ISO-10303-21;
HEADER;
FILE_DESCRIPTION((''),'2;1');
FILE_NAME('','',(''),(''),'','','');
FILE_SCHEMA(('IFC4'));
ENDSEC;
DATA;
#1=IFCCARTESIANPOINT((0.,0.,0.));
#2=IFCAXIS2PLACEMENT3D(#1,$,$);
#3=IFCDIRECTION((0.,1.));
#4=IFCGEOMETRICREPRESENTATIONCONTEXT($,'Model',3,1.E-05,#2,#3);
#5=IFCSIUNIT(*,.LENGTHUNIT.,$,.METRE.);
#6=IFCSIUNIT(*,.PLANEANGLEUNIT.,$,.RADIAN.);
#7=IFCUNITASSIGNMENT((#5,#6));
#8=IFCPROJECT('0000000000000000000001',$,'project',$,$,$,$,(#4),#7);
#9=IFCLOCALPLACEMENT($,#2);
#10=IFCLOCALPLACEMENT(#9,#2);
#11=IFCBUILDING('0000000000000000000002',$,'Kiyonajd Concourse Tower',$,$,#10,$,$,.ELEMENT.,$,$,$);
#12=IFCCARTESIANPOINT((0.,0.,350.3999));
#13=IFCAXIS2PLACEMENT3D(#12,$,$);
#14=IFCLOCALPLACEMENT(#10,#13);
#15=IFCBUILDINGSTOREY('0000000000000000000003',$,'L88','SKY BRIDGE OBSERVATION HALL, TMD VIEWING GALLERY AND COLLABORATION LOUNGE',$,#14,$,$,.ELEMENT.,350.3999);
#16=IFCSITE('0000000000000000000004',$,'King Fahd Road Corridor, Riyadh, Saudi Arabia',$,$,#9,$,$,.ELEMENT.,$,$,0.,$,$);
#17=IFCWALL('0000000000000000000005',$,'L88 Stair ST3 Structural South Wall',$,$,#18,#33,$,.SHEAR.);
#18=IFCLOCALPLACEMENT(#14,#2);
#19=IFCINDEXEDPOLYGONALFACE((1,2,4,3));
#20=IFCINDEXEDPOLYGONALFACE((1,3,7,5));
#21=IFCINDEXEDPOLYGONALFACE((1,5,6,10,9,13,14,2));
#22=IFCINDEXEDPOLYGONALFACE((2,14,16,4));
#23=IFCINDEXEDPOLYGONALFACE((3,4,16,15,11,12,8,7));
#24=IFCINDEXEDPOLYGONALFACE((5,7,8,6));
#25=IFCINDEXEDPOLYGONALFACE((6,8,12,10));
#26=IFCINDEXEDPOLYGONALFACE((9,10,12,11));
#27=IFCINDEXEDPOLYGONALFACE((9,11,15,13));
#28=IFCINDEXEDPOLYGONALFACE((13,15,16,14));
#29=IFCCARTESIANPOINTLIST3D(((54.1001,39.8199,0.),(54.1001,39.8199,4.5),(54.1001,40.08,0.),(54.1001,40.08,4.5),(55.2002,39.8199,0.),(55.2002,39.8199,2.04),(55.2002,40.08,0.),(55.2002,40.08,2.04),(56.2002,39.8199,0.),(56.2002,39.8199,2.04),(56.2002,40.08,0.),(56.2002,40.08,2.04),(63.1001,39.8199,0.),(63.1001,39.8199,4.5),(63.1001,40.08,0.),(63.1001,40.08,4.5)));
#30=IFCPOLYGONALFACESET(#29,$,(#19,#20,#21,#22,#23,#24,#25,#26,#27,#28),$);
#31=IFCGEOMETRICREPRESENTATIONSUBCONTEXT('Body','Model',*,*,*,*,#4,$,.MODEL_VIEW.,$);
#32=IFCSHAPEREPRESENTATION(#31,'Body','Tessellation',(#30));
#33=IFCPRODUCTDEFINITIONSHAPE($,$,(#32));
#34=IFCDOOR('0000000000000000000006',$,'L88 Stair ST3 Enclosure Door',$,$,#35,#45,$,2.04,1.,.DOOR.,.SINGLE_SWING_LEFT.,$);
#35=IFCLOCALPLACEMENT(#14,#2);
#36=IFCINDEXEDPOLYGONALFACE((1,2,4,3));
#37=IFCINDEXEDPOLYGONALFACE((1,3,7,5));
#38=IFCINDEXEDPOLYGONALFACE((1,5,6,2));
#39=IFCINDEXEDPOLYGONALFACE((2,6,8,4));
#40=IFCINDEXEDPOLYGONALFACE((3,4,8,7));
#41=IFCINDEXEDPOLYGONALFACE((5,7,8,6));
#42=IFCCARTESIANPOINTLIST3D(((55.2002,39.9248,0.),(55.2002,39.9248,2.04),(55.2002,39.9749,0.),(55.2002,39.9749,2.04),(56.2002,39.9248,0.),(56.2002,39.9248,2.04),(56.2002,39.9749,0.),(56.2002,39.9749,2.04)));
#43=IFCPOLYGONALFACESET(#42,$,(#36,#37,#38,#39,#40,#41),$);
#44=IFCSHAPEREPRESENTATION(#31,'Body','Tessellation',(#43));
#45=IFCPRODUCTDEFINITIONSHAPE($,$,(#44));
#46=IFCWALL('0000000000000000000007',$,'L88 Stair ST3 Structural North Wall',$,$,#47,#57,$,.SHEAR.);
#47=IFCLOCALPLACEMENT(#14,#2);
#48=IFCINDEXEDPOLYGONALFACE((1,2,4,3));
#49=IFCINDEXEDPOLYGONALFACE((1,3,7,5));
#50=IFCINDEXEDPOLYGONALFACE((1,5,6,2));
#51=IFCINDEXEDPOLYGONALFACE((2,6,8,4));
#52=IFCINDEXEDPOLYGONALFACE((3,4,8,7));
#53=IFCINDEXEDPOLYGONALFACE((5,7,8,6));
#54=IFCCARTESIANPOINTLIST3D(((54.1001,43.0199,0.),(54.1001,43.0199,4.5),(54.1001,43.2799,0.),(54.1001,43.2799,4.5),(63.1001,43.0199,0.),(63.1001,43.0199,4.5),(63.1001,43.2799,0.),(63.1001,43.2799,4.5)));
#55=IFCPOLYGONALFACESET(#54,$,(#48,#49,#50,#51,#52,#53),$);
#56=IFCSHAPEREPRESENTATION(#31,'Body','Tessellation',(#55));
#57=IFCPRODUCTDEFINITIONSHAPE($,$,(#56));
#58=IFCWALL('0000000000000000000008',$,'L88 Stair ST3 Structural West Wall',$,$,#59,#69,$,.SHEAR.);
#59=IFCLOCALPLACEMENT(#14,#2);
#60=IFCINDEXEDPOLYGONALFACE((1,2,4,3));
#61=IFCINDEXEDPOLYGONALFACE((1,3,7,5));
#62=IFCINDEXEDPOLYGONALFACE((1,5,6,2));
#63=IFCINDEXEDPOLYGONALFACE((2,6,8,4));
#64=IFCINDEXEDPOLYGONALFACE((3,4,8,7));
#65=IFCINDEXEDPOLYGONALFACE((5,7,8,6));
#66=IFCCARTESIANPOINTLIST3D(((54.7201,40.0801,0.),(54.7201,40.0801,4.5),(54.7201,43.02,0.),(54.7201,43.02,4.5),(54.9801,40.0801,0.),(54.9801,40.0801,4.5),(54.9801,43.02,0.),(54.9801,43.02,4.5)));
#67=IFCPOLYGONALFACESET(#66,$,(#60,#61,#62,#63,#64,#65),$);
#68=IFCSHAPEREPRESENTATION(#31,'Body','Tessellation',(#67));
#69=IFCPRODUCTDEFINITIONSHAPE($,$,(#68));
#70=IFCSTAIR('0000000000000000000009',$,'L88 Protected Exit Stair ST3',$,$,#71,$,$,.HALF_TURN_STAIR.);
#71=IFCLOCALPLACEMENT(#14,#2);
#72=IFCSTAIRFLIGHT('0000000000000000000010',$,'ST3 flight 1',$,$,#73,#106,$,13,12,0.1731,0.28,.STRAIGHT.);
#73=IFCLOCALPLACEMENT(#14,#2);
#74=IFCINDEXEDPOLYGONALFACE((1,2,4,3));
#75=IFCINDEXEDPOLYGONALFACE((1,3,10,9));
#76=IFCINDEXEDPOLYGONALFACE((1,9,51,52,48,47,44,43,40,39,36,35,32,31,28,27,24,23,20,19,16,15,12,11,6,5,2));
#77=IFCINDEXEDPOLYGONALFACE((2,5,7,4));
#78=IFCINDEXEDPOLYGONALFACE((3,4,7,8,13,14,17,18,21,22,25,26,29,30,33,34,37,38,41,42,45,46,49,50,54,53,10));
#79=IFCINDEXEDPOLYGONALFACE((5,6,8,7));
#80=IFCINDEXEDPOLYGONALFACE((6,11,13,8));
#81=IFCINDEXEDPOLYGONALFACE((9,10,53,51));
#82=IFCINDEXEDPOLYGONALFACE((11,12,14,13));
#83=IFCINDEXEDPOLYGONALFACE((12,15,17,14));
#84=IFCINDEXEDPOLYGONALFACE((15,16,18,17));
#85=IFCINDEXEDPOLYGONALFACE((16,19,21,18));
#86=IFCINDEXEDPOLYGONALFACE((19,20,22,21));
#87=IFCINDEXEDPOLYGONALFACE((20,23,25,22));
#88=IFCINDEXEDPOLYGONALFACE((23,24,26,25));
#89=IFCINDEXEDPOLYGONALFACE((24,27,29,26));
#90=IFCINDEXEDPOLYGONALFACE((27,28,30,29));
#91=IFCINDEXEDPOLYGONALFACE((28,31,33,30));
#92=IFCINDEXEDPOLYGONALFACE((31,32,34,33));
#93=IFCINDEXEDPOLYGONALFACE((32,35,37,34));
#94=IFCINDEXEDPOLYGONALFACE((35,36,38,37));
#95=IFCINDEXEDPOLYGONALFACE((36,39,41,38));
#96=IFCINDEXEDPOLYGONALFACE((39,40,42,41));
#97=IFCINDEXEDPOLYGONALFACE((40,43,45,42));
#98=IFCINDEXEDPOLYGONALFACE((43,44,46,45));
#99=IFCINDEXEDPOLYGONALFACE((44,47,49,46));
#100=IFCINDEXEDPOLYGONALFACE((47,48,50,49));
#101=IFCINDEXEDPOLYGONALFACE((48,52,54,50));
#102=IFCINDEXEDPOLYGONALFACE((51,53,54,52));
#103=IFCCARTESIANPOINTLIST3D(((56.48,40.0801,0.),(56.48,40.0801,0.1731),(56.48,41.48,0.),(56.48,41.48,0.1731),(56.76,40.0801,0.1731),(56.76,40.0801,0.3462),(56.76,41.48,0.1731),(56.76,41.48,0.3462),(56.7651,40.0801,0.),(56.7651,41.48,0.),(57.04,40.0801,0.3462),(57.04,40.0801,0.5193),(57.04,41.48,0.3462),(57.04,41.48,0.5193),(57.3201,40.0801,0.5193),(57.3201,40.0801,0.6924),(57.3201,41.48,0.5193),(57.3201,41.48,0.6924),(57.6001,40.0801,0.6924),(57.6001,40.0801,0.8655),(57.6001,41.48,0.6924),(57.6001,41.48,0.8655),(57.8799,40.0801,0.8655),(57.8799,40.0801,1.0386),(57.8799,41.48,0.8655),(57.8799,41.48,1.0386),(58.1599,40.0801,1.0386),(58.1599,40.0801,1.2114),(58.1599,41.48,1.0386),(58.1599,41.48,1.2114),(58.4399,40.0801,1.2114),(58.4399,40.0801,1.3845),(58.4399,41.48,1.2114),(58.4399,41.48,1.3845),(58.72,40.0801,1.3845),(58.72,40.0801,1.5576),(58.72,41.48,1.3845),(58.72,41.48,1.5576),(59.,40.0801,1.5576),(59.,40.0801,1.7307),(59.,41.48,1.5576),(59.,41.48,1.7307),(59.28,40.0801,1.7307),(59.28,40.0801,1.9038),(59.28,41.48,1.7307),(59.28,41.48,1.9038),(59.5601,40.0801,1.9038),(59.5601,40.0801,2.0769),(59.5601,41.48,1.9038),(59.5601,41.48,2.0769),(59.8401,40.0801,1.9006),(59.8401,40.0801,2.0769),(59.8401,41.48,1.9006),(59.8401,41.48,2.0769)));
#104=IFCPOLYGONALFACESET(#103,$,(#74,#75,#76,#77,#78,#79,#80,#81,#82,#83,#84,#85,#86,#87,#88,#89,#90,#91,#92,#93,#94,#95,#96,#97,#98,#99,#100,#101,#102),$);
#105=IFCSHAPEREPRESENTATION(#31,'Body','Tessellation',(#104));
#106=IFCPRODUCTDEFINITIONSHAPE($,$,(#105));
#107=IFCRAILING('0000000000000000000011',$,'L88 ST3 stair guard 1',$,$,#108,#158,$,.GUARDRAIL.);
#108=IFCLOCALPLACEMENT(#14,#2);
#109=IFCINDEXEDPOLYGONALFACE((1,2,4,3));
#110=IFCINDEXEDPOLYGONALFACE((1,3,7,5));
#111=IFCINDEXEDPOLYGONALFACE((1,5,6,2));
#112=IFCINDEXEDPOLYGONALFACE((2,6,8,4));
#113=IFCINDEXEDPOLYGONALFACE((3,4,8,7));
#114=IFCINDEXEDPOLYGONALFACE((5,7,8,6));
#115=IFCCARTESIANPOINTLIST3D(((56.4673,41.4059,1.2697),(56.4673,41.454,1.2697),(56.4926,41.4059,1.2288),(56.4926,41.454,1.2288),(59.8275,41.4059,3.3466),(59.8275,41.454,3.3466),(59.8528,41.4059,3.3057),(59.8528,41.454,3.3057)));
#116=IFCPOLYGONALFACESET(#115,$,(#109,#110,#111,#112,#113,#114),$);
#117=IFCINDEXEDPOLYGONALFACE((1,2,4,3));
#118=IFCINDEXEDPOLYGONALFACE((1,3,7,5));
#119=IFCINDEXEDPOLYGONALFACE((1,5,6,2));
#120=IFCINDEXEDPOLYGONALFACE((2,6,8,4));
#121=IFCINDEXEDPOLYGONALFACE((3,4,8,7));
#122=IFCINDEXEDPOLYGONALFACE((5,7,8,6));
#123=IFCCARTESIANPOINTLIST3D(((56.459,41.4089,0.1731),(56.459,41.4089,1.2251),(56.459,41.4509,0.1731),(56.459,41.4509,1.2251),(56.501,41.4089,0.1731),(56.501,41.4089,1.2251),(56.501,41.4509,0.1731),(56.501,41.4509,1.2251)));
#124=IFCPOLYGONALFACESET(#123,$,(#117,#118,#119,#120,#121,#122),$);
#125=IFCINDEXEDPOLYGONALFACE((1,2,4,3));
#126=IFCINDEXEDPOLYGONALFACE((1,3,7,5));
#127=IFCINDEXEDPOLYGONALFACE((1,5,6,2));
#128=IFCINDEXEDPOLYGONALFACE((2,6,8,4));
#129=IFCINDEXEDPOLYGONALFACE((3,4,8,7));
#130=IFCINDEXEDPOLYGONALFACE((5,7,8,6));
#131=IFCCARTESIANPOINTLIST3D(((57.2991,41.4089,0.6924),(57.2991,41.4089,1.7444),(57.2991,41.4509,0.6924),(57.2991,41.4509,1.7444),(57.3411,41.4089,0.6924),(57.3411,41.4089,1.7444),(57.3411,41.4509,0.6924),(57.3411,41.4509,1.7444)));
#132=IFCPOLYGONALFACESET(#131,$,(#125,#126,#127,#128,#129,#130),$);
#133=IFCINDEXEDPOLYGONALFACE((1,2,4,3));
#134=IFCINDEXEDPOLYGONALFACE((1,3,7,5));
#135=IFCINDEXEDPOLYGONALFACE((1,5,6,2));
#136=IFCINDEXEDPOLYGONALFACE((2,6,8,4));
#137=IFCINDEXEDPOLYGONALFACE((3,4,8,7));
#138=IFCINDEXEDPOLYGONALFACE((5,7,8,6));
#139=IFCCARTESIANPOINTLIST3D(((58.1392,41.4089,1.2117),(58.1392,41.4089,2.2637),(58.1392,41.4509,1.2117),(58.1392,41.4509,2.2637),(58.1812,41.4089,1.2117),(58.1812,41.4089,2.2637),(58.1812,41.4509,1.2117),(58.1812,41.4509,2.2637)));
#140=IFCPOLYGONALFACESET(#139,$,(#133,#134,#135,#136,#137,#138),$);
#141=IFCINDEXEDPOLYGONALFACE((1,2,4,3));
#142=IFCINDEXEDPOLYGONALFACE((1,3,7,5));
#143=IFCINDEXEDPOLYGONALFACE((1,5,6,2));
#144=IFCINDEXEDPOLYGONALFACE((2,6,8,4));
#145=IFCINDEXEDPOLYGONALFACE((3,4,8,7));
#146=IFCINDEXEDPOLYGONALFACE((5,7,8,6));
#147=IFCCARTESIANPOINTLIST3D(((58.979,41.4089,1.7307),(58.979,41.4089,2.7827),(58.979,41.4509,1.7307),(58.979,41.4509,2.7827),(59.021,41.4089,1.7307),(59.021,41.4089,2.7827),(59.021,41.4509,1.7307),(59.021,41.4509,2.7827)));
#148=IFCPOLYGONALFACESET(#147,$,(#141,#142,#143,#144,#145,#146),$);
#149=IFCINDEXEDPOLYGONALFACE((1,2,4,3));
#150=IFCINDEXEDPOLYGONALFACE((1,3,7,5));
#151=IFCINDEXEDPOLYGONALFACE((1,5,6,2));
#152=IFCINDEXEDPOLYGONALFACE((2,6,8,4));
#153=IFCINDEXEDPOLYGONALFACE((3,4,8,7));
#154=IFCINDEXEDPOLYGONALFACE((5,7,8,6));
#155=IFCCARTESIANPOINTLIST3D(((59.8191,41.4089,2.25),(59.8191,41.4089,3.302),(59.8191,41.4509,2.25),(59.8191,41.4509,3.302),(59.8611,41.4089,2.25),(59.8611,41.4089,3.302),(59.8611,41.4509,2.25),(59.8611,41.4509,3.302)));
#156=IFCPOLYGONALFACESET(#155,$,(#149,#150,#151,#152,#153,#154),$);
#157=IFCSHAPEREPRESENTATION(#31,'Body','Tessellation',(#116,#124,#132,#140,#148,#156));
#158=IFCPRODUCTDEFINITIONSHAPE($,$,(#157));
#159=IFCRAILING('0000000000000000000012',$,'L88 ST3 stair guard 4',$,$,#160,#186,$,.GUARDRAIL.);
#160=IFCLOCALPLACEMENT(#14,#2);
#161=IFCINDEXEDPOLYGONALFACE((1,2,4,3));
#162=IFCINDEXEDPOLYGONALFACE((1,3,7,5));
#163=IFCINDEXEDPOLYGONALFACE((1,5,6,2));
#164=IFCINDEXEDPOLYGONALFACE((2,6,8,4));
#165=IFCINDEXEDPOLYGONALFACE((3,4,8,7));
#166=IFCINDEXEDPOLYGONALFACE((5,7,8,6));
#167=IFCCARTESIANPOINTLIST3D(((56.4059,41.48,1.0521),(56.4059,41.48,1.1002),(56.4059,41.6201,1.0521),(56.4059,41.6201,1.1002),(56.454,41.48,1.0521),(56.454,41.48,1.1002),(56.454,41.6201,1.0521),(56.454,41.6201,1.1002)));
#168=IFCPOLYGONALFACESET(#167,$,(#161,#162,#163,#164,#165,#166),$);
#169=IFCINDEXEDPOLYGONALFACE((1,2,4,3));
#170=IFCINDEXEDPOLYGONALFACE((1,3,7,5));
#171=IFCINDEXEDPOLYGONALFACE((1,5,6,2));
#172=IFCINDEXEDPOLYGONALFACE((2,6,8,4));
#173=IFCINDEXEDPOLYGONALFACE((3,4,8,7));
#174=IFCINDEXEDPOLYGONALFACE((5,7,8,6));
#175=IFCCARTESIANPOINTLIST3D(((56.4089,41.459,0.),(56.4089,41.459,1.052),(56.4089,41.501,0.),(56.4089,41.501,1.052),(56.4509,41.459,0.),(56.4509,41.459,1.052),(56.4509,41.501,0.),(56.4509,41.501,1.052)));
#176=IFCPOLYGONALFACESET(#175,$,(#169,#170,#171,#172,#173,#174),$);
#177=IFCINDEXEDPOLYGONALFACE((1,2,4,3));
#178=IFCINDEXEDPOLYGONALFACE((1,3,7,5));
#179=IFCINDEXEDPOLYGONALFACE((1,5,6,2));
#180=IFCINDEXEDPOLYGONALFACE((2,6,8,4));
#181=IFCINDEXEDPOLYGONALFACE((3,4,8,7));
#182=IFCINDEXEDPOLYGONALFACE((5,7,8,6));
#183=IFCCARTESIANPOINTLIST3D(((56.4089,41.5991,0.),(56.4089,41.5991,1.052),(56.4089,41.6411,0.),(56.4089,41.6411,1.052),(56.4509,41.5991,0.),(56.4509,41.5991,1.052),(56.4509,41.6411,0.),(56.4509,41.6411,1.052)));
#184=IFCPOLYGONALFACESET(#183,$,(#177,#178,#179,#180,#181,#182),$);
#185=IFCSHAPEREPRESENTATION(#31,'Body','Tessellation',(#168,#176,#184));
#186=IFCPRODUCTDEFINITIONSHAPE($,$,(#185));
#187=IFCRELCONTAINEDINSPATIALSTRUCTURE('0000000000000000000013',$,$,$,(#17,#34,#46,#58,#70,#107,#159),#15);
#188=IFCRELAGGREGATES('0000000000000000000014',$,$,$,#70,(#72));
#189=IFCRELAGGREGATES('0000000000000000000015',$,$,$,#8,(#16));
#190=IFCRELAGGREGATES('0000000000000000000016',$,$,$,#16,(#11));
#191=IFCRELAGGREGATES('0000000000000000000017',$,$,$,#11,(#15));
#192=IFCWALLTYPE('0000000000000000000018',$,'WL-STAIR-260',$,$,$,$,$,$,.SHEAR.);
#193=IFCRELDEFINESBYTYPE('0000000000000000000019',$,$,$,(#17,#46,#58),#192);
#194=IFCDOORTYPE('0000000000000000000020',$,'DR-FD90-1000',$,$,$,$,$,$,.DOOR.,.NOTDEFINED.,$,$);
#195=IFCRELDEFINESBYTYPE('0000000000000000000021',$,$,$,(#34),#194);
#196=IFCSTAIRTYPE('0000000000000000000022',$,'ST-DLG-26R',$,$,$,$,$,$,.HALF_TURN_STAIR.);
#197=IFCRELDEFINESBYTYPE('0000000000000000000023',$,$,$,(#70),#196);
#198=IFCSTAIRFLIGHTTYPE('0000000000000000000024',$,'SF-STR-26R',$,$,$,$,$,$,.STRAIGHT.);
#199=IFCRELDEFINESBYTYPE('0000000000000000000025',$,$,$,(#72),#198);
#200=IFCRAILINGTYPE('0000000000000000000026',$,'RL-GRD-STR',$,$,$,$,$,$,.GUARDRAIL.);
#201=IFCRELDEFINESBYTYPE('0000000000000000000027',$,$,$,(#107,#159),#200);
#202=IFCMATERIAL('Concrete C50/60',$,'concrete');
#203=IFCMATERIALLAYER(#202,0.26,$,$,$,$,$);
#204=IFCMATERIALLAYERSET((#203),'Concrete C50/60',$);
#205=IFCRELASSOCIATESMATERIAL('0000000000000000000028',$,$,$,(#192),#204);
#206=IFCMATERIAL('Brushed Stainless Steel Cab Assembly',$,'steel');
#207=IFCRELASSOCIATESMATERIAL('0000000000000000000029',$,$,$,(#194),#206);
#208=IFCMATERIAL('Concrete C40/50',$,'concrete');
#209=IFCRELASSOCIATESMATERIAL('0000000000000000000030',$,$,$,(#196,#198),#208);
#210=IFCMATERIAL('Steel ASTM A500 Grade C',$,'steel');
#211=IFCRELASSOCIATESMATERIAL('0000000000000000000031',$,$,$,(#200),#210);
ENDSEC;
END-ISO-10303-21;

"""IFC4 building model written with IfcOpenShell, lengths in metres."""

from ifc_helpers import new_model, si_unit, direction, frame, frame_2d, origin, origin_2d, place, context, subcontext, project, spatial, polyline, rectangle, outline, extrude, material, layer, layer_set, type_object, element, fill, aggregate, save


model = new_model("IFC4")

# Units and contexts
model_context = context("Model", 3, precision=1e-05, world=origin(), true_north=direction((0.0, 1.0)))
body_context = subcontext(model_context, "Body", "Model", "MODEL_VIEW")
ifc_project = project(units=[si_unit("LENGTHUNIT", "METRE"), si_unit("PLANEANGLEUNIT", "RADIAN")], contexts=[model_context])

# Site, building, storey
site_placement = place(None, origin())
site = spatial("IfcSite", under=ifc_project, at=site_placement, Name="King Fahd Road Corridor, Riyadh, Saudi Arabia", CompositionType="ELEMENT", RefElevation=0.0)
building_placement = place(site_placement, origin())
building = spatial("IfcBuilding", under=site, at=building_placement, Name="Kiyonajd Concourse Tower", CompositionType="ELEMENT")
storey_placement = place(building_placement, frame((0.0, 0.0, 350.3999)))
storey = spatial("IfcBuildingStorey", under=building, at=storey_placement, Name="L88", Description="SKY BRIDGE OBSERVATION HALL, TMD VIEWING GALLERY AND COLLABORATION LOUNGE", CompositionType="ELEMENT", Elevation=350.3999)

# Shared definitions
ifc_material_1 = material(Name="Concrete C50/60", Category="concrete")

# Shared definitions
ifc_material_2 = material(Name="Brushed Stainless Steel Cab Assembly", Category="steel")

# Wall, opening, door
ifc_layer_1 = layer(ifc_material_1, 0.26)
ifc_layer_set_1 = layer_set([ifc_layer_1], Name="Concrete C50/60")
wall_type_1 = type_object("IfcWallType", Name="WL-STAIR-260", PredefinedType="SHEAR", material=ifc_layer_set_1)
wall_1_placement = place(storey_placement, frame((54.1001, 39.95, 0.0), z_axis=(0.0, 0.0, 1.0), x_axis=(1.0, 0.0, 0.0)))
wall_1 = element("IfcWall", 1, at=wall_1_placement, inside=storey, type_object=wall_type_1, Name="L88 Stair ST3 Structural South Wall", PredefinedType="SHEAR", context=body_context, shape_type="SweptSolid", body=[
    extrude(rectangle(XDim=9.0, YDim=0.26, at=frame_2d((4.5, 0.0))), origin(), (0.0, 0.0, 1.0), 4.5),
])
opening_1_placement = place(wall_1_placement, frame((1.1001, 0.0, 0.0)))
opening_1 = element("IfcOpeningElement", 2, at=opening_1_placement, cuts=wall_1, PredefinedType="OPENING", context=body_context, shape_type="SweptSolid", body=[
    extrude(rectangle(XDim=1.0, YDim=2.04, at=frame_2d((0.5, 1.02))), frame((0.0, 0.1399, 0.0), z_axis=(0.0, -1.0, 0.0), x_axis=(1.0, 0.0, 0.0)), (0.0, 0.0, 1.0), 0.28),
])
door_type_1 = type_object("IfcDoorType", Name="DR-FD90-1000", OperationType="NOTDEFINED", PredefinedType="DOOR", material=ifc_material_2)
door_1_placement = place(opening_1_placement, origin())
door_1 = element("IfcDoor", 3, at=door_1_placement, inside=storey, type_object=door_type_1, Name="L88 Stair ST3 Enclosure Door", OperationType="SINGLE_SWING_LEFT", OverallHeight=2.04, OverallWidth=1.0, PredefinedType="DOOR", context=body_context, shape_type="SweptSolid", body=[
    extrude(rectangle(XDim=1.0, YDim=2.04, at=frame_2d((0.5, 1.02))), frame((0.0, 0.0249, 0.0), z_axis=(0.0, -1.0, 0.0), x_axis=(1.0, 0.0, 0.0)), (0.0, 0.0, 1.0), 0.05),
])
fill(opening_1, door_1)

# Walls
wall_2_placement = place(storey_placement, frame((54.1001, 43.1499, 0.0), z_axis=(0.0, 0.0, 1.0), x_axis=(1.0, 0.0, 0.0)))
element("IfcWall", 4, at=wall_2_placement, inside=storey, type_object=wall_type_1, Name="L88 Stair ST3 Structural North Wall", PredefinedType="SHEAR", context=body_context, shape_type="SweptSolid", body=[
    extrude(rectangle(XDim=9.0, YDim=0.26, at=frame_2d((4.5, 0.0))), origin(), (0.0, 0.0, 1.0), 4.5),
])
wall_3_placement = place(storey_placement, frame((54.8501, 40.0801, 0.0), z_axis=(0.0, 0.0, 1.0), x_axis=(0.0, 1.0, 0.0)))
element("IfcWall", 5, at=wall_3_placement, inside=storey, type_object=wall_type_1, Name="L88 Stair ST3 Structural West Wall", PredefinedType="SHEAR", context=body_context, shape_type="SweptSolid", body=[
    extrude(rectangle(XDim=2.9399, YDim=0.26, at=frame_2d((1.47, 0.0))), origin(), (0.0, 0.0, 1.0), 4.5),
])

# Stair, stair flight
ifc_material_3 = material(Name="Concrete C40/50", Category="concrete")
stair_type = type_object("IfcStairType", Name="ST-DLG-26R", PredefinedType="HALF_TURN_STAIR", material=ifc_material_3)
stair_placement = place(storey_placement, origin())
stair = element("IfcStair", 6, at=stair_placement, inside=storey, type_object=stair_type, Name="L88 Protected Exit Stair ST3", PredefinedType="HALF_TURN_STAIR")
stair_flight_type = type_object("IfcStairFlightType", Name="SF-STR-26R", PredefinedType="STRAIGHT", material=ifc_material_3)
stair_flight_placement = place(storey_placement, frame((56.48, 40.78, 0.0), z_axis=(0.0, 0.0, 1.0), x_axis=(1.0, 0.0, 0.0)))
stair_flight = element("IfcStairFlight", 7, at=stair_flight_placement, type_object=stair_flight_type, Name="ST3 flight 1", NumberOfRisers=13, NumberOfTreads=12, PredefinedType="STRAIGHT", RiserHeight=0.1731, TreadLength=0.28, context=body_context, shape_type="SweptSolid", body=[
    extrude(outline(polyline([(0.0, 0.0), (0.0, 0.1731), (0.28, 0.1731), (0.28, 0.3462), (0.5601, 0.3462), (0.5601, 0.5193), (0.8401, 0.5193), (0.8401, 0.6924), (1.1201, 0.6924), (1.1201, 0.8655), (1.3999, 0.8655), (1.3999, 1.0386), (1.6799, 1.0386), (1.6799, 1.2114), (1.96, 1.2114), (1.96, 1.3845), (2.24, 1.3845), (2.24, 1.5576), (2.52, 1.5576), (2.52, 1.7307), (2.8, 1.7307), (2.8, 1.9038), (3.0801, 1.9038), (3.0801, 2.0769), (3.3601, 2.0769), (3.3601, 2.25), (3.3601, 1.9006), (0.2852, 0.0), (0.0, 0.0)])), frame((0.0, 0.7, 0.0), z_axis=(0.0, -1.0, 0.0), x_axis=(1.0, 0.0, 0.0)), (0.0, 0.0, 1.0), 1.3999),
])
aggregate(stair, [stair_flight])

# Railings
ifc_material_4 = material(Name="Steel ASTM A500 Grade C", Category="steel")
railing_type_1 = type_object("IfcRailingType", Name="RL-GRD-STR", PredefinedType="GUARDRAIL", material=ifc_material_4)
railing_1_placement = place(storey_placement, frame((56.48, 41.4299, 0.1731)))
element("IfcRailing", 8, at=railing_1_placement, inside=storey, type_object=railing_type_1, Name="L88 ST3 stair guard 1", PredefinedType="GUARDRAIL", context=body_context, shape_type="SweptSolid", body=[
    extrude(rectangle(XDim=0.0481, YDim=0.0481, at=origin_2d()), frame((0.0, 0.0, 1.0762), z_axis=(0.850623, 0.0, 0.525776), x_axis=(0.0, 1.0, 0.0)), (0.0, 0.0, 1.0), 3.9502),
    extrude(rectangle(XDim=0.042, YDim=0.042, at=origin_2d()), origin(), (0.0, 0.0, 1.0), 1.052),
    extrude(rectangle(XDim=0.042, YDim=0.042, at=origin_2d()), frame((0.8401, 0.0, 0.5193)), (0.0, 0.0, 1.0), 1.052),
    extrude(rectangle(XDim=0.042, YDim=0.042, at=origin_2d()), frame((1.6802, 0.0, 1.0386)), (0.0, 0.0, 1.0), 1.052),
    extrude(rectangle(XDim=0.042, YDim=0.042, at=origin_2d()), frame((2.52, 0.0, 1.5576)), (0.0, 0.0, 1.0), 1.052),
    extrude(rectangle(XDim=0.042, YDim=0.042, at=origin_2d()), frame((3.3601, 0.0, 2.0769)), (0.0, 0.0, 1.0), 1.052),
])
railing_2_placement = place(storey_placement, frame((56.4299, 41.48, 0.0)))
element("IfcRailing", 9, at=railing_2_placement, inside=storey, type_object=railing_type_1, Name="L88 ST3 stair guard 4", PredefinedType="GUARDRAIL", context=body_context, shape_type="SweptSolid", body=[
    extrude(rectangle(XDim=0.0481, YDim=0.0481, at=origin_2d()), frame((0.0, 0.0, 1.0762), z_axis=(0.0, 1.0, 0.0), x_axis=(-1.0, 0.0, 0.0)), (0.0, 0.0, 1.0), 0.1401),
    extrude(rectangle(XDim=0.042, YDim=0.042, at=origin_2d()), origin(), (0.0, 0.0, 1.0), 1.052),
    extrude(rectangle(XDim=0.042, YDim=0.042, at=origin_2d()), frame((0.0, 0.1401, 0.0)), (0.0, 0.0, 1.0), 1.052),
])

save(model, "model.ifc")
